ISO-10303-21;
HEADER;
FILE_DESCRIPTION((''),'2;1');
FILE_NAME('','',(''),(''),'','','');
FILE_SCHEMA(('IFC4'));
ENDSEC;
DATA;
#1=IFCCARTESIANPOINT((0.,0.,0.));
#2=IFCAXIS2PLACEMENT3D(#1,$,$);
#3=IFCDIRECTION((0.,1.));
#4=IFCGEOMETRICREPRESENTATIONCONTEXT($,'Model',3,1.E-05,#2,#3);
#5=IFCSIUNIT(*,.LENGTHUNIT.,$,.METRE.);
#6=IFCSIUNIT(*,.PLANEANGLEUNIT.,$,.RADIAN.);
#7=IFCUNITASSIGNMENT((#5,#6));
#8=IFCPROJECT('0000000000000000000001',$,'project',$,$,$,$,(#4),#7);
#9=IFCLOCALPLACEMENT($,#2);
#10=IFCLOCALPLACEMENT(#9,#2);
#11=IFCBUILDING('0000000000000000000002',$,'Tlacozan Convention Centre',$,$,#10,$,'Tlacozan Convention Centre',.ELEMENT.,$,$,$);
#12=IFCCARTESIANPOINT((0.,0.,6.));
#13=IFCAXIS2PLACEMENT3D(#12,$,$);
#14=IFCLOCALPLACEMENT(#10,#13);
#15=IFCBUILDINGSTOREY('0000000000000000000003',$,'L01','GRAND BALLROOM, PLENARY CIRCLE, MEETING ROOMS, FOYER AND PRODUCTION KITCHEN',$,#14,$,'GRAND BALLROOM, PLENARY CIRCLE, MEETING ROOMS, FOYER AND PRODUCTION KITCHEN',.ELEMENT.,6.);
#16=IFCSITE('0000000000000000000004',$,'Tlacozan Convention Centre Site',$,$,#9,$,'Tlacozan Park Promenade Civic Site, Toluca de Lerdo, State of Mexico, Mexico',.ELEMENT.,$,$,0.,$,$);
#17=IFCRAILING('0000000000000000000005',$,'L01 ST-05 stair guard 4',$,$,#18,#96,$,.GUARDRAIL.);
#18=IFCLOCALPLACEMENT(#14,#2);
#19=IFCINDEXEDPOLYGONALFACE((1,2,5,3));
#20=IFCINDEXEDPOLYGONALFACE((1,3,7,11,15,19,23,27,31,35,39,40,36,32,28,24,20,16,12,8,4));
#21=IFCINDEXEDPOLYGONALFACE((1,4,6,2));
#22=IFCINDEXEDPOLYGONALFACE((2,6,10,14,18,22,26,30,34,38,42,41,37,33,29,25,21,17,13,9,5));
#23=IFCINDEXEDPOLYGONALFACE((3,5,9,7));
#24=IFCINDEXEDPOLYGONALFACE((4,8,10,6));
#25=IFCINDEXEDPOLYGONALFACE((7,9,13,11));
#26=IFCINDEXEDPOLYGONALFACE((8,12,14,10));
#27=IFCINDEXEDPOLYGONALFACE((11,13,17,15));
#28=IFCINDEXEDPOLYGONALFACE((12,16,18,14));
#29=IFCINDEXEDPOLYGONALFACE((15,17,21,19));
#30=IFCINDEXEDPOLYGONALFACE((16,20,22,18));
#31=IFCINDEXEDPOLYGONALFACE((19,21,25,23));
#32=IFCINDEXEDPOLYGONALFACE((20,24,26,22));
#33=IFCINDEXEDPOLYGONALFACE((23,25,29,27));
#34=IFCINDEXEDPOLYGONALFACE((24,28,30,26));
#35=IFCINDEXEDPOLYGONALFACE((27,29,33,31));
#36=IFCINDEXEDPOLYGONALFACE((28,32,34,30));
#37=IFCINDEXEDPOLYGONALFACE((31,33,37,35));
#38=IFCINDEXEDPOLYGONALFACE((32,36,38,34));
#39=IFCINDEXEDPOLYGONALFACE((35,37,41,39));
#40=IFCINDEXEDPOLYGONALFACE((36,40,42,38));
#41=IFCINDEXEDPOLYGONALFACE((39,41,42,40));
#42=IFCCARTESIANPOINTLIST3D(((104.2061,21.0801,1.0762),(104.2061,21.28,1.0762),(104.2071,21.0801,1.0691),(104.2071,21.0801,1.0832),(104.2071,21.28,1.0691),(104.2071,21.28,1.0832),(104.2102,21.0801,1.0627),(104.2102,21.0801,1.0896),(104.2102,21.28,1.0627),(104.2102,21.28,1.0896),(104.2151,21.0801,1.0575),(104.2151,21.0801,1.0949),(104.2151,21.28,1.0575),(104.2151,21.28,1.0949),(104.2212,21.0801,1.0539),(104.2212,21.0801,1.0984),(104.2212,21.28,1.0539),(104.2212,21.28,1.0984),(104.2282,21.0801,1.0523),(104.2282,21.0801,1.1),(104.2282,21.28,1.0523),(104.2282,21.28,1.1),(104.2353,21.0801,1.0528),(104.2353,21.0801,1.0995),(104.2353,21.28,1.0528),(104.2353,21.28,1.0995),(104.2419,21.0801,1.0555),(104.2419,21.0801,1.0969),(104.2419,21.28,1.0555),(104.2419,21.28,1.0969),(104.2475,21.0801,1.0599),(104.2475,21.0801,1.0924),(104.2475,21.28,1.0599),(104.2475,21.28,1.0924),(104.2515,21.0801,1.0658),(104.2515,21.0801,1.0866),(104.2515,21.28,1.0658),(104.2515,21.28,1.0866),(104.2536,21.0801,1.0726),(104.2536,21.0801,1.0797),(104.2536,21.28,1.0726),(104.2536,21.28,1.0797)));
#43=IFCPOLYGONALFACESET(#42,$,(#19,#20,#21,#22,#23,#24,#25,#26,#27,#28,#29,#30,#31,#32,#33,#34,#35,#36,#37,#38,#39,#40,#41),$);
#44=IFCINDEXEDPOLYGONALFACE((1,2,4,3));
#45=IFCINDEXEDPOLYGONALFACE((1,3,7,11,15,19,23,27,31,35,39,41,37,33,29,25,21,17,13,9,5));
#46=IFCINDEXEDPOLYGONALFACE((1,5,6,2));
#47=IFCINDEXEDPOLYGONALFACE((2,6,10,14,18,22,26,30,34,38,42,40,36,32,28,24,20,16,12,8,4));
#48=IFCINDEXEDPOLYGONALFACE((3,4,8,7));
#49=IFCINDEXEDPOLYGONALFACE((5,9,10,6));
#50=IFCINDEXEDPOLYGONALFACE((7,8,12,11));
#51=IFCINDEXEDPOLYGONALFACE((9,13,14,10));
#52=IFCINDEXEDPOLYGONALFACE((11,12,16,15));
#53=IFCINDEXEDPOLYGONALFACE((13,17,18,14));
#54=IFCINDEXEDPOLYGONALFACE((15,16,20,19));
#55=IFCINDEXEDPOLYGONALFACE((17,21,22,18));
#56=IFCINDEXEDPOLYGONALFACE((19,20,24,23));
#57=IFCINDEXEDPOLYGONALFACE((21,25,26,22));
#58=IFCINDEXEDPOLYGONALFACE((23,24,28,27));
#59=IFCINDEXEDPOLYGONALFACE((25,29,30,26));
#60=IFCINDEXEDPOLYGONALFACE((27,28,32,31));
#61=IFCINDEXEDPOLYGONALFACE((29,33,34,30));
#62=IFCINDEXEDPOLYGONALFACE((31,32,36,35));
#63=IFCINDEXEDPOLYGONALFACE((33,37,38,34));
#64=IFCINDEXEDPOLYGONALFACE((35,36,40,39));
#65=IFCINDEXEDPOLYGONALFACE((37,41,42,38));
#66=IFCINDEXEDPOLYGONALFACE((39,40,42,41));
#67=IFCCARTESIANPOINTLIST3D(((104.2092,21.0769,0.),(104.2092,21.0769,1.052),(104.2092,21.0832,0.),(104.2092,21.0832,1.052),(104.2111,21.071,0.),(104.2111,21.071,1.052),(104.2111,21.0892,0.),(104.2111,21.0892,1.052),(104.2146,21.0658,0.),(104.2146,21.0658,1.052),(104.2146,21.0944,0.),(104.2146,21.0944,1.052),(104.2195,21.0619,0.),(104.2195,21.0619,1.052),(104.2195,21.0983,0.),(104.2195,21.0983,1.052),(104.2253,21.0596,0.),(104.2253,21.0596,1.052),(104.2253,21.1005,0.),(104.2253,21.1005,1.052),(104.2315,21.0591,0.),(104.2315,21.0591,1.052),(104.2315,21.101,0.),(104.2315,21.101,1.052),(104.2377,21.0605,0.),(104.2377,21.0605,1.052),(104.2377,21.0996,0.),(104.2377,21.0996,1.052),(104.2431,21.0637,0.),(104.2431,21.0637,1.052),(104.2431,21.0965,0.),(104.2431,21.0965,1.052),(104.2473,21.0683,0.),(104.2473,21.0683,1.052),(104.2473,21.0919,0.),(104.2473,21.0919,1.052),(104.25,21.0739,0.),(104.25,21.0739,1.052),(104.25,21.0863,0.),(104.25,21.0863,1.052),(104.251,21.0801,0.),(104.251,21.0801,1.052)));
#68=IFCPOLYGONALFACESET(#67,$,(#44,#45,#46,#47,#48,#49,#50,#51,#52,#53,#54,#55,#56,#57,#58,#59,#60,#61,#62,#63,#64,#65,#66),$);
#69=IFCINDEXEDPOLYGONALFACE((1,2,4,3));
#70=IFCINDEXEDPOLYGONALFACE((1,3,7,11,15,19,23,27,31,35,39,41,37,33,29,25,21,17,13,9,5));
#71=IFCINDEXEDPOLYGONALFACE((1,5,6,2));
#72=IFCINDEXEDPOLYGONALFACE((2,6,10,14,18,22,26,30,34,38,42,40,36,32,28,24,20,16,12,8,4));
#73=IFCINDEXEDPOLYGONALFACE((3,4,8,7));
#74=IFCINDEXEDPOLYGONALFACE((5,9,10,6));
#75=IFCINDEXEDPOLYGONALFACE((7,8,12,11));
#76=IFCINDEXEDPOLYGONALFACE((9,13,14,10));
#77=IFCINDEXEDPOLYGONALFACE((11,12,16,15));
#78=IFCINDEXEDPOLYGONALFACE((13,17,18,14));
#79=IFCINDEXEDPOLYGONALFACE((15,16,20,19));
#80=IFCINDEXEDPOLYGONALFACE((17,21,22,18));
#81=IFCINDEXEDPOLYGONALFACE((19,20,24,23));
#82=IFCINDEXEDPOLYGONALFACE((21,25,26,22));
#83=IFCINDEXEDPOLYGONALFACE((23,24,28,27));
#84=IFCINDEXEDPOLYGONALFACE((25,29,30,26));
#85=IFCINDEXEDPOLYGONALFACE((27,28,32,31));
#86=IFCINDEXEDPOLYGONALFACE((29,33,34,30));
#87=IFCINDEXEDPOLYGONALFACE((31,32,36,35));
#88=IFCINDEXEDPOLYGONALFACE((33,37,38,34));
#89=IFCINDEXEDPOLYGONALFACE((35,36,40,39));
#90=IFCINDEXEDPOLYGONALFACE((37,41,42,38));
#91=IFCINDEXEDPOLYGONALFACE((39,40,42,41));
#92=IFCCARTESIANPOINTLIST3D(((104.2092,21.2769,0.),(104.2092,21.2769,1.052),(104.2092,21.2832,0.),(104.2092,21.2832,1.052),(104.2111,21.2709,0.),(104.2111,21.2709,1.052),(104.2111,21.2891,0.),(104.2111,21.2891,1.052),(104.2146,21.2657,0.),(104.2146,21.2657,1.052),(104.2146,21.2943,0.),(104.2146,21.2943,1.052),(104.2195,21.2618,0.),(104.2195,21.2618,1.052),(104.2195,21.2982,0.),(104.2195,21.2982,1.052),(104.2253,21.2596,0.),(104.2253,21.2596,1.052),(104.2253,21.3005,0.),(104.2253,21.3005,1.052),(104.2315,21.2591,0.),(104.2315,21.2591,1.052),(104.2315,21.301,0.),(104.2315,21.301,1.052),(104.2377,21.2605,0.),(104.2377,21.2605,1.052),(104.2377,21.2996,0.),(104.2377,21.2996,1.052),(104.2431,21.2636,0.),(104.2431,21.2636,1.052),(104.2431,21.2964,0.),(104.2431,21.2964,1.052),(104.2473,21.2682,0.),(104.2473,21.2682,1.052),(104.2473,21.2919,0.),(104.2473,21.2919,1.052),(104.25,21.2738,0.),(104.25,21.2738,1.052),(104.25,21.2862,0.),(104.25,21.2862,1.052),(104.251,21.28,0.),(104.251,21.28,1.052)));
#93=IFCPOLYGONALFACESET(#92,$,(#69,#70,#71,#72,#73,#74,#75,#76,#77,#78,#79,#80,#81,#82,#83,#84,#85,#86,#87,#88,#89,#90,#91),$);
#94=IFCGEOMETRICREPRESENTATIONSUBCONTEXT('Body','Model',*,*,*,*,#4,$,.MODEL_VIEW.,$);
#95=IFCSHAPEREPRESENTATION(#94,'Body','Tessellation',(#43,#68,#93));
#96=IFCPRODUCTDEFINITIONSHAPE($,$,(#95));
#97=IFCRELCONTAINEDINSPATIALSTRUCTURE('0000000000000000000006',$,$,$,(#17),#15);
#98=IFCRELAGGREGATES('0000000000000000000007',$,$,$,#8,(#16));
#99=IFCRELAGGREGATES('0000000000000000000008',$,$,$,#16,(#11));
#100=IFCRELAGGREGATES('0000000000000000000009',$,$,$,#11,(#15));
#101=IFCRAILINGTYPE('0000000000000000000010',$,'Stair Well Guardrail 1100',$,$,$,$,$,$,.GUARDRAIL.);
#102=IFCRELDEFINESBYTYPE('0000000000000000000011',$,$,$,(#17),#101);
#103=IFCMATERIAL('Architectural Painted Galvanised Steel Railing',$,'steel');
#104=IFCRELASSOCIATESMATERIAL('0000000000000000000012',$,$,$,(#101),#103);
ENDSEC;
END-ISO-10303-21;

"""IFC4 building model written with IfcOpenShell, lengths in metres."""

from ifc_helpers import new_model, si_unit, direction, frame, origin, origin_2d, place, context, subcontext, project, spatial, circle, extrude, material, type_object, element, save


model = new_model("IFC4")

# Units and contexts
model_context = context("Model", 3, precision=1e-05, world=origin(), true_north=direction((0.0, 1.0)))
body_context = subcontext(model_context, "Body", "Model", "MODEL_VIEW")
ifc_project = project(units=[si_unit("LENGTHUNIT", "METRE"), si_unit("PLANEANGLEUNIT", "RADIAN")], contexts=[model_context])

# Site, building, storey
site_placement = place(None, origin())
site = spatial("IfcSite", under=ifc_project, at=site_placement, Name="Tlacozan Convention Centre Site", LongName="Tlacozan Park Promenade Civic Site, Toluca de Lerdo, State of Mexico, Mexico", CompositionType="ELEMENT", RefElevation=0.0)
building_placement = place(site_placement, origin())
building = spatial("IfcBuilding", under=site, at=building_placement, Name="Tlacozan Convention Centre", LongName="Tlacozan Convention Centre", CompositionType="ELEMENT")
storey_placement = place(building_placement, frame((0.0, 0.0, 6.0)))
storey = spatial("IfcBuildingStorey", under=building, at=storey_placement, Name="L01", Description="GRAND BALLROOM, PLENARY CIRCLE, MEETING ROOMS, FOYER AND PRODUCTION KITCHEN", LongName="GRAND BALLROOM, PLENARY CIRCLE, MEETING ROOMS, FOYER AND PRODUCTION KITCHEN", CompositionType="ELEMENT", Elevation=6.0)

# Railing
ifc_material_1 = material(Name="Architectural Painted Galvanised Steel Railing", Category="steel")
railing_type_1 = type_object("IfcRailingType", Name="Stair Well Guardrail 1100", PredefinedType="GUARDRAIL", material=ifc_material_1)
railing_1_placement = place(storey_placement, frame((104.23, 21.0801, 0.0)))
element("IfcRailing", 1, at=railing_1_placement, inside=storey, type_object=railing_type_1, Name="L01 ST-05 stair guard 4", PredefinedType="GUARDRAIL", context=body_context, shape_type="SweptSolid", body=[
    extrude(circle(Radius=0.0239, at=origin_2d()), frame((0.0, 0.0, 1.0762), z_axis=(0.0, 1.0, 0.0), x_axis=(-1.0, 0.0, 0.0)), (0.0, 0.0, 1.0), 0.2),
    extrude(circle(Radius=0.021, at=origin_2d()), origin(), (0.0, 0.0, 1.0), 1.052),
    extrude(circle(Radius=0.021, at=origin_2d()), frame((0.0, 0.2, 0.0)), (0.0, 0.0, 1.0), 1.052),
])

save(model, "model.ifc")
